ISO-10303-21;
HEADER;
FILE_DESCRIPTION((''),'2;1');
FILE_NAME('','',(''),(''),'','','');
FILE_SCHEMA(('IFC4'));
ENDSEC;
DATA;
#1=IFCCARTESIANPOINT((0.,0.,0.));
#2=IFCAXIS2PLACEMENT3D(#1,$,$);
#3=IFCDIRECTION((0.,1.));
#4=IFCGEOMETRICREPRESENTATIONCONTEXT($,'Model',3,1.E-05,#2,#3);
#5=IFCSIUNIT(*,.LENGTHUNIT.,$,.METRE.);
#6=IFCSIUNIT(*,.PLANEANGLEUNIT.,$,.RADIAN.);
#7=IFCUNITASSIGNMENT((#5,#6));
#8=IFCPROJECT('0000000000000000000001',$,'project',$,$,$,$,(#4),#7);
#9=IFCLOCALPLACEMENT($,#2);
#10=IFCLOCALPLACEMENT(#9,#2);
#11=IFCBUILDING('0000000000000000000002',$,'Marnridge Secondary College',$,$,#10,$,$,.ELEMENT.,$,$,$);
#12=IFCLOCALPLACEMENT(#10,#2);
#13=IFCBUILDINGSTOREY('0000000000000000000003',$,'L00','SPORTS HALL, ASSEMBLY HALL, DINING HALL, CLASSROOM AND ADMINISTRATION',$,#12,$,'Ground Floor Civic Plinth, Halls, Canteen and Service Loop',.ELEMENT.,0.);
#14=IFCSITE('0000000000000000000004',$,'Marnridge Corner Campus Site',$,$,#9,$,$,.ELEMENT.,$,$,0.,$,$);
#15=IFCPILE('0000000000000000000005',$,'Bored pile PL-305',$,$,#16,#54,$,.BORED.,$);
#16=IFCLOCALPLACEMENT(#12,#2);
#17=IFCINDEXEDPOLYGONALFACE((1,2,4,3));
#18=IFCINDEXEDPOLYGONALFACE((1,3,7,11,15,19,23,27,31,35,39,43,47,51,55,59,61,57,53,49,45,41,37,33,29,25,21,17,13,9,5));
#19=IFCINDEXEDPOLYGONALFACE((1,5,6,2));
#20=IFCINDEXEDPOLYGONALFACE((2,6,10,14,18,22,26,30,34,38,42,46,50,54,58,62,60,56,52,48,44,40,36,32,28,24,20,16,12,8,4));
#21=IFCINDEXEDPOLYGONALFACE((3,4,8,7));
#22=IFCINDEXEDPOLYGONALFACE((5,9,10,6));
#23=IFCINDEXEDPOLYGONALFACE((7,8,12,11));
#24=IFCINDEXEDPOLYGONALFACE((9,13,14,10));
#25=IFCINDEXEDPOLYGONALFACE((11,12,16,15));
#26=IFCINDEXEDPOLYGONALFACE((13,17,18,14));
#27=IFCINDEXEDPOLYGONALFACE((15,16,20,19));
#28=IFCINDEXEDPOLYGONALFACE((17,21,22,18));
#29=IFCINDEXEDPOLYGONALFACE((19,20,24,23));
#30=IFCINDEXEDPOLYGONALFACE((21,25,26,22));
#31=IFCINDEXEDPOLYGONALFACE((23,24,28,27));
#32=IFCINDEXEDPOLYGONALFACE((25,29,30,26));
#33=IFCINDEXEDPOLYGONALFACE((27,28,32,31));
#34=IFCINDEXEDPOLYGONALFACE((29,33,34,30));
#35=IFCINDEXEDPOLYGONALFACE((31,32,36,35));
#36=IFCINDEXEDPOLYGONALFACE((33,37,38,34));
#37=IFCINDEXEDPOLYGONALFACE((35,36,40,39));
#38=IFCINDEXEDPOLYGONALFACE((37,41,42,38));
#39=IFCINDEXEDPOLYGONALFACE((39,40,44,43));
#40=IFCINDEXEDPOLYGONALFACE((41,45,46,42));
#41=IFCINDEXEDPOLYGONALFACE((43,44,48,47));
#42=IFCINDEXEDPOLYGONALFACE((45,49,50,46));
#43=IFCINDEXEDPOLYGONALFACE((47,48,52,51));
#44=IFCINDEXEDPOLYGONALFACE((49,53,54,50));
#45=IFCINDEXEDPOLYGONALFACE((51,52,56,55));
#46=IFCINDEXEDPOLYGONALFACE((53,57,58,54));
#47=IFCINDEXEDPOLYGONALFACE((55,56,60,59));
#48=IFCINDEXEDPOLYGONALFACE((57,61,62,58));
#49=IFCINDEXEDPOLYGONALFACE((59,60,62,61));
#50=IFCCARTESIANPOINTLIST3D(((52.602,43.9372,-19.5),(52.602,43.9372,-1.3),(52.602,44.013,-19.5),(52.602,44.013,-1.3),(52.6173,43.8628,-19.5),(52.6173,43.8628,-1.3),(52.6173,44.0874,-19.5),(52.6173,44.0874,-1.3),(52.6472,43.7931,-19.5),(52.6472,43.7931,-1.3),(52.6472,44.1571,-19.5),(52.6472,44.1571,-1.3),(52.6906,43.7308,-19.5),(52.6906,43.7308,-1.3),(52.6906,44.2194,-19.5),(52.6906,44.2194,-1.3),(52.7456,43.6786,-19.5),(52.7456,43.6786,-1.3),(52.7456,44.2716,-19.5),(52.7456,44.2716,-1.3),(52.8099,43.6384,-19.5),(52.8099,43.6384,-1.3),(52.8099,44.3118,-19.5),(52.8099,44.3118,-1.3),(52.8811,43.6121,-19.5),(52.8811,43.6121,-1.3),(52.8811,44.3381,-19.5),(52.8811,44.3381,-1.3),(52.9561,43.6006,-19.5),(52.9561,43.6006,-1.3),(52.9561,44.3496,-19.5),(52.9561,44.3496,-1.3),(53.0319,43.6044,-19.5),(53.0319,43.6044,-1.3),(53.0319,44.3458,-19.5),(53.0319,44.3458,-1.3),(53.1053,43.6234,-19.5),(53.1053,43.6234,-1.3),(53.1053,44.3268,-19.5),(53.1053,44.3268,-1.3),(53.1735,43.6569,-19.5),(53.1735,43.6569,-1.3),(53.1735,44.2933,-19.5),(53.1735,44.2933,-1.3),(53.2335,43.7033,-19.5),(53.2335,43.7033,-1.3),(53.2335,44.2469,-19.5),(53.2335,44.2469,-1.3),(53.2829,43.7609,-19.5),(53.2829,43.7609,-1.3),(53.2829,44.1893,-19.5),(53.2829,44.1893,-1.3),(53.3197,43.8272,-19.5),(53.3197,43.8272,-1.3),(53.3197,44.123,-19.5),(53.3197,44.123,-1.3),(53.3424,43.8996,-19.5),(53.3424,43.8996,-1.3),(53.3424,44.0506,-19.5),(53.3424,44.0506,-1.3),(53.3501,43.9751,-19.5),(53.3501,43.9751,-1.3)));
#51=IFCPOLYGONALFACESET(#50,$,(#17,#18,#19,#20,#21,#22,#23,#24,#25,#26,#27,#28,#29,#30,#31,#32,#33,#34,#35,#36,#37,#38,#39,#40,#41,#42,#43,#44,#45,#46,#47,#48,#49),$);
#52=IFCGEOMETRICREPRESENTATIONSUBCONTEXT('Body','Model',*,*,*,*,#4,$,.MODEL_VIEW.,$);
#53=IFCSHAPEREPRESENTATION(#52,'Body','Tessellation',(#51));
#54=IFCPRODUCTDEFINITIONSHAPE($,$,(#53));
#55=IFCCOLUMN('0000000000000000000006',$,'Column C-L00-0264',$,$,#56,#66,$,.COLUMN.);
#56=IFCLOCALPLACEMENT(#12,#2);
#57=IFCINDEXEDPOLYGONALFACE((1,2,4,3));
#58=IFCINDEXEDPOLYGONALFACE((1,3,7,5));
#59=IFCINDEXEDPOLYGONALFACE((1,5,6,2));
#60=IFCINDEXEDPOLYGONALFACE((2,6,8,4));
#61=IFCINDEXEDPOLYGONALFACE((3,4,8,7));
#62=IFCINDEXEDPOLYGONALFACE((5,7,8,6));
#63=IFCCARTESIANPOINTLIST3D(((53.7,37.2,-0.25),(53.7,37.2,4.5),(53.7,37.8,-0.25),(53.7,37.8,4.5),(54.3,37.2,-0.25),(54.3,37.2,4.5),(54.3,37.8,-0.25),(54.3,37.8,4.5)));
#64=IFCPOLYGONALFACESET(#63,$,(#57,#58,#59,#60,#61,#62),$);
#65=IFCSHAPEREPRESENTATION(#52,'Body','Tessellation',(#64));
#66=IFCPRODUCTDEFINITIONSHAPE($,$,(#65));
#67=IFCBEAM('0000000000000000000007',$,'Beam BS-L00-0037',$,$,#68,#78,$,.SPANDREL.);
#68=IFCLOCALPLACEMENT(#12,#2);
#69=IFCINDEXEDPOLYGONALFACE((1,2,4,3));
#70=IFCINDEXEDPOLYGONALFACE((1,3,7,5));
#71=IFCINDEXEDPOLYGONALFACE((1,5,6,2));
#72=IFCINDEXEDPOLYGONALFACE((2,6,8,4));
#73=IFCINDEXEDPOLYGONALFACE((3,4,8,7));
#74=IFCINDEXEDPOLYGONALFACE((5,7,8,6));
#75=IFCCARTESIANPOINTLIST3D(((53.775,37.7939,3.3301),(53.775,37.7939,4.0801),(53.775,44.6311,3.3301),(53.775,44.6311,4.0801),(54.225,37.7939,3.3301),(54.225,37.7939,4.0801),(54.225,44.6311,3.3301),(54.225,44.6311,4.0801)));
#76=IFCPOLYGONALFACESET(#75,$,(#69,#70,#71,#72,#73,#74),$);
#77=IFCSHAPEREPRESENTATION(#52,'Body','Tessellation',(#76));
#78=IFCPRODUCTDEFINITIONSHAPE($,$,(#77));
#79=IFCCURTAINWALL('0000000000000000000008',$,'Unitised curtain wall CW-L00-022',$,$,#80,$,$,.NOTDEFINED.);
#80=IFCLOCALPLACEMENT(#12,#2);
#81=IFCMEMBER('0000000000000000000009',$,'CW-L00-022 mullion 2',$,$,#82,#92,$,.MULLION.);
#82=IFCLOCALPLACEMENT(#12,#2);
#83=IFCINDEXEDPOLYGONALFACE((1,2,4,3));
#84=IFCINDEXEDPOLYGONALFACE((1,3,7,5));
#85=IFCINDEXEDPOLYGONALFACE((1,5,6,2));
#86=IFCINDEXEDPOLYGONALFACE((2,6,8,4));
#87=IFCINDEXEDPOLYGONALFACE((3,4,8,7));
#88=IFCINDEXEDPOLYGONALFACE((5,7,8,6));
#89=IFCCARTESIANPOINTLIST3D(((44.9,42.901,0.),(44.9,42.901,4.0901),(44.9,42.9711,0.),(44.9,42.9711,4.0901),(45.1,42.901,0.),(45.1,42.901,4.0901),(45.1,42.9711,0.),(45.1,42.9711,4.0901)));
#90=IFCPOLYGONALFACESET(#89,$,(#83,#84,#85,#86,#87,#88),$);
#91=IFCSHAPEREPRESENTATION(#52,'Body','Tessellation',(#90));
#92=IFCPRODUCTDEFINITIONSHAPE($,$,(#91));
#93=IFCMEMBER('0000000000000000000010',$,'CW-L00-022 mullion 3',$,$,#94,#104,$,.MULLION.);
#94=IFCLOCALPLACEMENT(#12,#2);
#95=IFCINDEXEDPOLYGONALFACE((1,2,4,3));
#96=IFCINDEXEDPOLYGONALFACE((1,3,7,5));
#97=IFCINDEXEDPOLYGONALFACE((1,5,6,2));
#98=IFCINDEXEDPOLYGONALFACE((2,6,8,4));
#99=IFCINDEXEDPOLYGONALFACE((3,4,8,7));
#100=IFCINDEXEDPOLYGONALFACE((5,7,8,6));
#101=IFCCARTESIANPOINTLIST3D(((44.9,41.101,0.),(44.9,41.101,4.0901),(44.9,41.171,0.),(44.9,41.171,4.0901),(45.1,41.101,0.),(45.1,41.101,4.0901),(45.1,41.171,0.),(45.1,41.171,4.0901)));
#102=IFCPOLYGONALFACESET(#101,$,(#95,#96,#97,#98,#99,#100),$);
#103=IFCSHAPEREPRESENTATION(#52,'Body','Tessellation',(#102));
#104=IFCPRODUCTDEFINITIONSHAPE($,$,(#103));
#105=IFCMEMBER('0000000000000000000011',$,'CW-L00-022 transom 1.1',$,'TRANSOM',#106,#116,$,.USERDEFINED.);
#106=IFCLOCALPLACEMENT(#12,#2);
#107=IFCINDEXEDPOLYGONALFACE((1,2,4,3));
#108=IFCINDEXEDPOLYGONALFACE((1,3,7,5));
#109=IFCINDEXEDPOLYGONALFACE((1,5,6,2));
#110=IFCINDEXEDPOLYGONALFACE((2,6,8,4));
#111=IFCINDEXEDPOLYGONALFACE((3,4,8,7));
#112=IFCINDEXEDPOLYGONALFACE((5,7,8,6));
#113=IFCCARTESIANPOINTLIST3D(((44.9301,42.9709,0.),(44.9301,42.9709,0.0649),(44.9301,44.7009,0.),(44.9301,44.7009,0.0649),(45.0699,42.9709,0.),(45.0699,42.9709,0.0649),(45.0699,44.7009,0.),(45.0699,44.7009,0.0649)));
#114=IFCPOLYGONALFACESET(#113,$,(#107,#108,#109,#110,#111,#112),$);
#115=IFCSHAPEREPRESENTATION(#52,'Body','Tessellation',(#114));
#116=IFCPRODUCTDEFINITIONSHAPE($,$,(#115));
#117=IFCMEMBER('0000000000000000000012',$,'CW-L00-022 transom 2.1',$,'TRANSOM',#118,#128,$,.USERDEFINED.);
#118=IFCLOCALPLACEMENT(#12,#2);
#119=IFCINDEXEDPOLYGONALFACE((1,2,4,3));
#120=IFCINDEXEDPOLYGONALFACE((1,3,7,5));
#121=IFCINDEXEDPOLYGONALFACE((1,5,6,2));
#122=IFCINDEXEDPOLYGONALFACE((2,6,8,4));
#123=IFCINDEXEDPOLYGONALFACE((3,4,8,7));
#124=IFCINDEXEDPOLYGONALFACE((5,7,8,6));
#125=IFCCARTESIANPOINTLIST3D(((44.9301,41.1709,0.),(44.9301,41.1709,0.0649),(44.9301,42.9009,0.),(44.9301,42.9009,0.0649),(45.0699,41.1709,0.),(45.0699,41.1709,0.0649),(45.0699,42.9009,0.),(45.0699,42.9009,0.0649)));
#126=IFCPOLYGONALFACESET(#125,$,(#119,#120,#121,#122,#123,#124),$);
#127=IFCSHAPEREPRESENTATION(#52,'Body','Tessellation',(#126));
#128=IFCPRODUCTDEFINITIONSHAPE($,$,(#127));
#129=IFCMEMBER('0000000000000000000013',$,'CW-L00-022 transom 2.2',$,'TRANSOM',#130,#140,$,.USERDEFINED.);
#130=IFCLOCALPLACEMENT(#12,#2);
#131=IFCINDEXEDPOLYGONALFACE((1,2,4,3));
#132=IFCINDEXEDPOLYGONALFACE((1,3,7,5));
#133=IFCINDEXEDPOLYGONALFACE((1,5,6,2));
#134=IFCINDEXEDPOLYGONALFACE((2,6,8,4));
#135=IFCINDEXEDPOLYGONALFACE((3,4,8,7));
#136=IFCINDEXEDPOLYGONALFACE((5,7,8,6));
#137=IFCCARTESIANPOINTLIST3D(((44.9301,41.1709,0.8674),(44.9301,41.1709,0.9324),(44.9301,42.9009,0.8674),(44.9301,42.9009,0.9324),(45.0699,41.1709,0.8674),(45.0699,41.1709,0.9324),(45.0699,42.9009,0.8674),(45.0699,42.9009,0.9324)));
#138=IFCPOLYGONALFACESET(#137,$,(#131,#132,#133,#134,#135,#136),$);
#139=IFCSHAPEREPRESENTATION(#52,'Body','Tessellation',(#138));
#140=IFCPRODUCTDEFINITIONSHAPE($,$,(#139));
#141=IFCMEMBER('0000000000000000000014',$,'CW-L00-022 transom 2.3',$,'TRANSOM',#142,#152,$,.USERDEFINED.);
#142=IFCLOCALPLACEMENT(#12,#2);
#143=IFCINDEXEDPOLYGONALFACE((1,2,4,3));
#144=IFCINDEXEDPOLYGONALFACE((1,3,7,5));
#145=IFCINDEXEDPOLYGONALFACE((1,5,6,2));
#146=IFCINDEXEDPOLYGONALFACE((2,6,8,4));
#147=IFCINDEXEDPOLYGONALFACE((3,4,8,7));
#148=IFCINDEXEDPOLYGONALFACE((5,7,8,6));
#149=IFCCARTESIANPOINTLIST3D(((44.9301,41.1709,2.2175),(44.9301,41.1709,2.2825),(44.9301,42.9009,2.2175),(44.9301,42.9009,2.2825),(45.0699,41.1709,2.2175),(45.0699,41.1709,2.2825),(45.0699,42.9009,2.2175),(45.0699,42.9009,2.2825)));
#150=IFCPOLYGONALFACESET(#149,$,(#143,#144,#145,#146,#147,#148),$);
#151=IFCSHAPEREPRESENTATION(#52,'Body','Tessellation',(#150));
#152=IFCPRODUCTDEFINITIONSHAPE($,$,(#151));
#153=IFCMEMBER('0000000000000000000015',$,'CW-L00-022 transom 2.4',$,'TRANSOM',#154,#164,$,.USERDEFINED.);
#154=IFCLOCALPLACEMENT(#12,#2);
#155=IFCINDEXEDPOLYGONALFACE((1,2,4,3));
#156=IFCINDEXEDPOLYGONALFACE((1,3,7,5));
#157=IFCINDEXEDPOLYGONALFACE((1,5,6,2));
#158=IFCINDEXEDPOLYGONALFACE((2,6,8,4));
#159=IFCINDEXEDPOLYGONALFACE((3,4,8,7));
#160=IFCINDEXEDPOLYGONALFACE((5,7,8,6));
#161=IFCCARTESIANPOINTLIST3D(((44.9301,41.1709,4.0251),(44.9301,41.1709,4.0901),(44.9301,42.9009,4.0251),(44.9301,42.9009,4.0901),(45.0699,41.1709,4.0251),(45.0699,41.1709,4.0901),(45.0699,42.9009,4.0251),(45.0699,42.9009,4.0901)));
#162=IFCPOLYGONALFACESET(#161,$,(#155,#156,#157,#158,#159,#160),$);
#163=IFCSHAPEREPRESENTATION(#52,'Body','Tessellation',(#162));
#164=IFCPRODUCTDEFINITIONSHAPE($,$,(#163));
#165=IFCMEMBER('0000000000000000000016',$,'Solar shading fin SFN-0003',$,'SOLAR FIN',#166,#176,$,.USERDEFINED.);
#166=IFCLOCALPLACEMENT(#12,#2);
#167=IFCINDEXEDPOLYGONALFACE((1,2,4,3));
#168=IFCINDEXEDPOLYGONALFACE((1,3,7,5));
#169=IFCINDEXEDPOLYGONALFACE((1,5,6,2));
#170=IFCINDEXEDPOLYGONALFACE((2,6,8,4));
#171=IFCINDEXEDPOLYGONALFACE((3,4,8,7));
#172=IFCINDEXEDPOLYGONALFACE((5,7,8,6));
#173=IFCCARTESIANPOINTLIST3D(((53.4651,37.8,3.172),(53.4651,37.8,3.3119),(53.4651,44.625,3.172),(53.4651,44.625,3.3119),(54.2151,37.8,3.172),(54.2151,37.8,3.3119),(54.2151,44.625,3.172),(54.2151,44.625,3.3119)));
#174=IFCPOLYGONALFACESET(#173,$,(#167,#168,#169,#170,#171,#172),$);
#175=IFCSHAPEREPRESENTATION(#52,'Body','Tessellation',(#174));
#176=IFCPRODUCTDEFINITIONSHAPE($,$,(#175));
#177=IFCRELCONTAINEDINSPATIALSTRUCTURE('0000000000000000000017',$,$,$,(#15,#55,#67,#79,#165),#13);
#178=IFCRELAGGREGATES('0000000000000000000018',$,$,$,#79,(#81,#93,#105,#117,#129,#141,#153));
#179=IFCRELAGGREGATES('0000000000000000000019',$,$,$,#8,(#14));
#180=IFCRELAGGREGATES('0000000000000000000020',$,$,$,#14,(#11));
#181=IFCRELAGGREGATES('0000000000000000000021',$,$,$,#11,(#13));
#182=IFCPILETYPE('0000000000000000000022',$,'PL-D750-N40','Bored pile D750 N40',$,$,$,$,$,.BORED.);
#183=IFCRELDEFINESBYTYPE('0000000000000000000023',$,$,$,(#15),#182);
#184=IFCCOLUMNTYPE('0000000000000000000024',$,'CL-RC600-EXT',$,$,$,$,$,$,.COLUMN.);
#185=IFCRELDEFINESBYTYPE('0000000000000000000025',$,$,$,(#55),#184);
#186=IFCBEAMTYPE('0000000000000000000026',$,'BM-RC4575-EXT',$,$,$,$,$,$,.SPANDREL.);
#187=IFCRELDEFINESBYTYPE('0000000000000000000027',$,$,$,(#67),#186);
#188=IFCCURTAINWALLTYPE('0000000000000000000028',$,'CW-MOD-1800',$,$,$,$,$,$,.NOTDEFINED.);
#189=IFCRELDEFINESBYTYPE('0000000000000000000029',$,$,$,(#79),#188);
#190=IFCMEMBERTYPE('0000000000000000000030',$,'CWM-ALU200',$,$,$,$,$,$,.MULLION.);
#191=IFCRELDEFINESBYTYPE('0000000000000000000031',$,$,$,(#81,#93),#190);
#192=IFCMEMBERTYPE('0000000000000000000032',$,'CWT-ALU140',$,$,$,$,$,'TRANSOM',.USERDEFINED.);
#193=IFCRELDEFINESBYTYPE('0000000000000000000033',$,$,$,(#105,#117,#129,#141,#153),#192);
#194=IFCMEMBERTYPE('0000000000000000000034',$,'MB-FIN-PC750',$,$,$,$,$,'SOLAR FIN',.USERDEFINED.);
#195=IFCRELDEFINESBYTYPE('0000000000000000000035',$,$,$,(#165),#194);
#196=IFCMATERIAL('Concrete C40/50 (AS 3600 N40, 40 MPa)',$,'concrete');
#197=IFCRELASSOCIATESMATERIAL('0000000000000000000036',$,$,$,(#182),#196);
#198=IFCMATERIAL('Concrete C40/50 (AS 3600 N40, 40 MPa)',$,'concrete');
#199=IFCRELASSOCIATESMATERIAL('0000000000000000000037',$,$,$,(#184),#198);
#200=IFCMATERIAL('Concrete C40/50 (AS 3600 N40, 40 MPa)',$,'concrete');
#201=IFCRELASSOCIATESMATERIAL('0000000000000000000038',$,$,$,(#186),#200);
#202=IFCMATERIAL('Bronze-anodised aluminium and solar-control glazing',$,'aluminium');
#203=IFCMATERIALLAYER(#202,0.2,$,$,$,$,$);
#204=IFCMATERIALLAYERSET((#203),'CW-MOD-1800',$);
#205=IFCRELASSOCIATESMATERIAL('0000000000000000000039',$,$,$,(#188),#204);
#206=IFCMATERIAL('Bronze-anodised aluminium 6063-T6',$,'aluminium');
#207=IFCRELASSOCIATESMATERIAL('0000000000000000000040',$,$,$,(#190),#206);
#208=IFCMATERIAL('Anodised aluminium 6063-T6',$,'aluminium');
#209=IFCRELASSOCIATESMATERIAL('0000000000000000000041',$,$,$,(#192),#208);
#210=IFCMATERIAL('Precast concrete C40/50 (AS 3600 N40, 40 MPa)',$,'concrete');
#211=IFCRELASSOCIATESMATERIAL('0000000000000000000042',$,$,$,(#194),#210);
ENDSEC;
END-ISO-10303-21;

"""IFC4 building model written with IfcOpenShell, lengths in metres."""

from ifc_helpers import new_model, si_unit, direction, frame, origin, origin_2d, place, context, subcontext, project, spatial, rectangle, circle, extrude, material, layer, layer_set, material_profile, profile_set, type_object, element, aggregate, save


model = new_model("IFC4")

# Units and contexts
model_context = context("Model", 3, precision=1e-05, world=origin(), true_north=direction((0.0, 1.0)))
body_context = subcontext(model_context, "Body", "Model", "MODEL_VIEW")
ifc_project = project(units=[si_unit("LENGTHUNIT", "METRE"), si_unit("PLANEANGLEUNIT", "RADIAN")], contexts=[model_context])

# Site, building, storey
site_placement = place(None, origin())
site = spatial("IfcSite", under=ifc_project, at=site_placement, Name="Marnridge Corner Campus Site", CompositionType="ELEMENT", RefElevation=0.0)
building_placement = place(site_placement, origin())
building = spatial("IfcBuilding", under=site, at=building_placement, Name="Marnridge Secondary College", CompositionType="ELEMENT")
storey_placement = place(building_placement, origin())
storey = spatial("IfcBuildingStorey", under=building, at=storey_placement, Name="L00", Description="SPORTS HALL, ASSEMBLY HALL, DINING HALL, CLASSROOM AND ADMINISTRATION", LongName="Ground Floor Civic Plinth, Halls, Canteen and Service Loop", CompositionType="ELEMENT", Elevation=0.0)

# Pile
ifc_material_1 = material(Name="Concrete C40/50 (AS 3600 N40, 40 MPa)", Category="concrete")
ifc_material_profile_1 = material_profile(ifc_material_1, circle(Radius=0.375, at=origin_2d()), Name="PILE D750")
ifc_profile_set_1 = profile_set([ifc_material_profile_1], Name="Concrete C40/50 (AS 3600 N40, 40 MPa)")
pile_type_1 = type_object("IfcPileType", Name="PL-D750-N40", Description="Bored pile D750 N40", PredefinedType="BORED", material=ifc_profile_set_1)
pile_1_placement = place(storey_placement, frame((52.9751, 43.9751, -1.3), z_axis=(0.0, 0.0, -1.0), x_axis=(1.0, 0.0, 0.0)))
element("IfcPile", 1, at=pile_1_placement, inside=storey, type_object=pile_type_1, Name="Bored pile PL-305", PredefinedType="BORED", context=body_context, shape_type="SweptSolid", body=[
    extrude(circle(Radius=0.375, at=origin_2d()), origin(), (0.0, 0.0, 1.0), 18.2),
])

# Column
ifc_material_2 = material(Name="Concrete C40/50 (AS 3600 N40, 40 MPa)", Category="concrete")
ifc_material_profile_2 = material_profile(ifc_material_2, rectangle(XDim=0.6001, YDim=0.6001, at=origin_2d()), Name="RC 600x600")
ifc_profile_set_2 = profile_set([ifc_material_profile_2], Name="Concrete C40/50 (AS 3600 N40, 40 MPa)")
column_type = type_object("IfcColumnType", Name="CL-RC600-EXT", PredefinedType="COLUMN", material=ifc_profile_set_2)
column_placement = place(storey_placement, frame((54.0, 37.5, -0.25), z_axis=(0.0, 0.0, 1.0), x_axis=(1.0, 0.0, 0.0)))
element("IfcColumn", 2, at=column_placement, inside=storey, type_object=column_type, Name="Column C-L00-0264", PredefinedType="COLUMN", context=body_context, shape_type="SweptSolid", body=[
    extrude(rectangle(XDim=0.6001, YDim=0.6001, at=origin_2d()), origin(), (0.0, 0.0, 1.0), 4.75),
])

# Beam
ifc_material_3 = material(Name="Concrete C40/50 (AS 3600 N40, 40 MPa)", Category="concrete")
ifc_material_profile_3 = material_profile(ifc_material_3, rectangle(XDim=0.45, YDim=0.75, at=origin_2d()), Name="RC 450x750")
ifc_profile_set_3 = profile_set([ifc_material_profile_3], Name="Concrete C40/50 (AS 3600 N40, 40 MPa)")
beam_type = type_object("IfcBeamType", Name="BM-RC4575-EXT", PredefinedType="SPANDREL", material=ifc_profile_set_3)
beam_placement = place(storey_placement, frame((54.0, 37.7939, 3.7051), z_axis=(0.0, 1.0, 0.0), x_axis=(-1.0, 0.0, 0.0)))
element("IfcBeam", 3, at=beam_placement, inside=storey, type_object=beam_type, Name="Beam BS-L00-0037", PredefinedType="SPANDREL", context=body_context, shape_type="SweptSolid", body=[
    extrude(rectangle(XDim=0.45, YDim=0.75, at=origin_2d()), origin(), (0.0, 0.0, 1.0), 6.8372),
])

# Curtain wall, members
ifc_material_4 = material(Name="Bronze-anodised aluminium and solar-control glazing", Category="aluminium")
ifc_layer_1 = layer(ifc_material_4, 0.2)
ifc_layer_set_1 = layer_set([ifc_layer_1], Name="CW-MOD-1800")
curtain_wall_type = type_object("IfcCurtainWallType", Name="CW-MOD-1800", PredefinedType="NOTDEFINED", material=ifc_layer_set_1)
curtain_wall_placement = place(storey_placement, origin())
curtain_wall = element("IfcCurtainWall", 4, at=curtain_wall_placement, inside=storey, type_object=curtain_wall_type, Name="Unitised curtain wall CW-L00-022", PredefinedType="NOTDEFINED")
ifc_material_5 = material(Name="Bronze-anodised aluminium 6063-T6", Category="aluminium")
ifc_material_profile_4 = material_profile(ifc_material_5, rectangle(XDim=0.0701, YDim=0.2, at=origin_2d()), Name="ALU 70x200")
ifc_profile_set_4 = profile_set([ifc_material_profile_4], Name="Bronze-anodised aluminium 6063-T6")
member_type_1 = type_object("IfcMemberType", Name="CWM-ALU200", PredefinedType="MULLION", material=ifc_profile_set_4)
member_1_placement = place(storey_placement, frame((45.0, 42.936, 0.0), z_axis=(0.0, 0.0, 1.0), x_axis=(0.0, -1.0, 0.0)))
member_1 = element("IfcMember", 5, at=member_1_placement, type_object=member_type_1, Name="CW-L00-022 mullion 2", PredefinedType="MULLION", context=body_context, shape_type="SweptSolid", body=[
    extrude(rectangle(XDim=0.0701, YDim=0.2, at=origin_2d()), origin(), (0.0, 0.0, 1.0), 4.0901),
])
member_2_placement = place(storey_placement, frame((45.0, 41.136, 0.0), z_axis=(0.0, 0.0, 1.0), x_axis=(0.0, -1.0, 0.0)))
member_2 = element("IfcMember", 6, at=member_2_placement, type_object=member_type_1, Name="CW-L00-022 mullion 3", PredefinedType="MULLION", context=body_context, shape_type="SweptSolid", body=[
    extrude(rectangle(XDim=0.0701, YDim=0.2, at=origin_2d()), origin(), (0.0, 0.0, 1.0), 4.0901),
])
ifc_material_6 = material(Name="Anodised aluminium 6063-T6", Category="aluminium")
ifc_material_profile_5 = material_profile(ifc_material_6, rectangle(XDim=0.0649, YDim=0.1399, at=origin_2d()), Name="ALU 65x140")
ifc_profile_set_5 = profile_set([ifc_material_profile_5], Name="Anodised aluminium 6063-T6")
member_type_2 = type_object("IfcMemberType", Name="CWT-ALU140", ElementType="TRANSOM", PredefinedType="USERDEFINED", material=ifc_profile_set_5)
member_3_placement = place(storey_placement, frame((45.0, 44.7009, 0.0325), z_axis=(0.0, -1.0, 0.0), x_axis=(0.0, 0.0, 1.0)))
member_3 = element("IfcMember", 7, at=member_3_placement, type_object=member_type_2, Name="CW-L00-022 transom 1.1", ObjectType="TRANSOM", PredefinedType="USERDEFINED", context=body_context, shape_type="SweptSolid", body=[
    extrude(rectangle(XDim=0.0649, YDim=0.1399, at=origin_2d()), origin(), (0.0, 0.0, 1.0), 1.73),
])
member_4_placement = place(storey_placement, frame((45.0, 42.9009, 0.0325), z_axis=(0.0, -1.0, 0.0), x_axis=(0.0, 0.0, 1.0)))
member_4 = element("IfcMember", 8, at=member_4_placement, type_object=member_type_2, Name="CW-L00-022 transom 2.1", ObjectType="TRANSOM", PredefinedType="USERDEFINED", context=body_context, shape_type="SweptSolid", body=[
    extrude(rectangle(XDim=0.0649, YDim=0.1399, at=origin_2d()), origin(), (0.0, 0.0, 1.0), 1.73),
])
member_5_placement = place(storey_placement, frame((45.0, 42.9009, 0.8999), z_axis=(0.0, -1.0, 0.0), x_axis=(0.0, 0.0, 1.0)))
member_5 = element("IfcMember", 9, at=member_5_placement, type_object=member_type_2, Name="CW-L00-022 transom 2.2", ObjectType="TRANSOM", PredefinedType="USERDEFINED", context=body_context, shape_type="SweptSolid", body=[
    extrude(rectangle(XDim=0.0649, YDim=0.1399, at=origin_2d()), origin(), (0.0, 0.0, 1.0), 1.73),
])
member_6_placement = place(storey_placement, frame((45.0, 42.9009, 2.25), z_axis=(0.0, -1.0, 0.0), x_axis=(0.0, 0.0, 1.0)))
member_6 = element("IfcMember", 10, at=member_6_placement, type_object=member_type_2, Name="CW-L00-022 transom 2.3", ObjectType="TRANSOM", PredefinedType="USERDEFINED", context=body_context, shape_type="SweptSolid", body=[
    extrude(rectangle(XDim=0.0649, YDim=0.1399, at=origin_2d()), origin(), (0.0, 0.0, 1.0), 1.73),
])
member_7_placement = place(storey_placement, frame((45.0, 42.9009, 4.0576), z_axis=(0.0, -1.0, 0.0), x_axis=(0.0, 0.0, 1.0)))
member_7 = element("IfcMember", 11, at=member_7_placement, type_object=member_type_2, Name="CW-L00-022 transom 2.4", ObjectType="TRANSOM", PredefinedType="USERDEFINED", context=body_context, shape_type="SweptSolid", body=[
    extrude(rectangle(XDim=0.0649, YDim=0.1399, at=origin_2d()), origin(), (0.0, 0.0, 1.0), 1.73),
])

# Member
ifc_material_7 = material(Name="Precast concrete C40/50 (AS 3600 N40, 40 MPa)", Category="concrete")
ifc_material_profile_6 = material_profile(ifc_material_7, rectangle(XDim=0.1399, YDim=0.75, at=origin_2d()), Name="FIN PC 140x750")
ifc_profile_set_6 = profile_set([ifc_material_profile_6], Name="Precast concrete C40/50 (AS 3600 N40, 40 MPa)")
member_type_3 = type_object("IfcMemberType", Name="MB-FIN-PC750", ElementType="SOLAR FIN", PredefinedType="USERDEFINED", material=ifc_profile_set_6)
member_8_placement = place(storey_placement, frame((53.8401, 37.8, 3.2419), z_axis=(0.0, 1.0, 0.0), x_axis=(0.0, 0.0, 1.0)))
element("IfcMember", 12, at=member_8_placement, inside=storey, type_object=member_type_3, Name="Solar shading fin SFN-0003", ObjectType="SOLAR FIN", PredefinedType="USERDEFINED", context=body_context, shape_type="SweptSolid", body=[
    extrude(rectangle(XDim=0.1399, YDim=0.75, at=origin_2d()), origin(), (0.0, 0.0, 1.0), 6.825),
])

aggregate(curtain_wall, [member_1, member_2, member_3, member_4, member_5, member_6, member_7])

save(model, "model.ifc")
